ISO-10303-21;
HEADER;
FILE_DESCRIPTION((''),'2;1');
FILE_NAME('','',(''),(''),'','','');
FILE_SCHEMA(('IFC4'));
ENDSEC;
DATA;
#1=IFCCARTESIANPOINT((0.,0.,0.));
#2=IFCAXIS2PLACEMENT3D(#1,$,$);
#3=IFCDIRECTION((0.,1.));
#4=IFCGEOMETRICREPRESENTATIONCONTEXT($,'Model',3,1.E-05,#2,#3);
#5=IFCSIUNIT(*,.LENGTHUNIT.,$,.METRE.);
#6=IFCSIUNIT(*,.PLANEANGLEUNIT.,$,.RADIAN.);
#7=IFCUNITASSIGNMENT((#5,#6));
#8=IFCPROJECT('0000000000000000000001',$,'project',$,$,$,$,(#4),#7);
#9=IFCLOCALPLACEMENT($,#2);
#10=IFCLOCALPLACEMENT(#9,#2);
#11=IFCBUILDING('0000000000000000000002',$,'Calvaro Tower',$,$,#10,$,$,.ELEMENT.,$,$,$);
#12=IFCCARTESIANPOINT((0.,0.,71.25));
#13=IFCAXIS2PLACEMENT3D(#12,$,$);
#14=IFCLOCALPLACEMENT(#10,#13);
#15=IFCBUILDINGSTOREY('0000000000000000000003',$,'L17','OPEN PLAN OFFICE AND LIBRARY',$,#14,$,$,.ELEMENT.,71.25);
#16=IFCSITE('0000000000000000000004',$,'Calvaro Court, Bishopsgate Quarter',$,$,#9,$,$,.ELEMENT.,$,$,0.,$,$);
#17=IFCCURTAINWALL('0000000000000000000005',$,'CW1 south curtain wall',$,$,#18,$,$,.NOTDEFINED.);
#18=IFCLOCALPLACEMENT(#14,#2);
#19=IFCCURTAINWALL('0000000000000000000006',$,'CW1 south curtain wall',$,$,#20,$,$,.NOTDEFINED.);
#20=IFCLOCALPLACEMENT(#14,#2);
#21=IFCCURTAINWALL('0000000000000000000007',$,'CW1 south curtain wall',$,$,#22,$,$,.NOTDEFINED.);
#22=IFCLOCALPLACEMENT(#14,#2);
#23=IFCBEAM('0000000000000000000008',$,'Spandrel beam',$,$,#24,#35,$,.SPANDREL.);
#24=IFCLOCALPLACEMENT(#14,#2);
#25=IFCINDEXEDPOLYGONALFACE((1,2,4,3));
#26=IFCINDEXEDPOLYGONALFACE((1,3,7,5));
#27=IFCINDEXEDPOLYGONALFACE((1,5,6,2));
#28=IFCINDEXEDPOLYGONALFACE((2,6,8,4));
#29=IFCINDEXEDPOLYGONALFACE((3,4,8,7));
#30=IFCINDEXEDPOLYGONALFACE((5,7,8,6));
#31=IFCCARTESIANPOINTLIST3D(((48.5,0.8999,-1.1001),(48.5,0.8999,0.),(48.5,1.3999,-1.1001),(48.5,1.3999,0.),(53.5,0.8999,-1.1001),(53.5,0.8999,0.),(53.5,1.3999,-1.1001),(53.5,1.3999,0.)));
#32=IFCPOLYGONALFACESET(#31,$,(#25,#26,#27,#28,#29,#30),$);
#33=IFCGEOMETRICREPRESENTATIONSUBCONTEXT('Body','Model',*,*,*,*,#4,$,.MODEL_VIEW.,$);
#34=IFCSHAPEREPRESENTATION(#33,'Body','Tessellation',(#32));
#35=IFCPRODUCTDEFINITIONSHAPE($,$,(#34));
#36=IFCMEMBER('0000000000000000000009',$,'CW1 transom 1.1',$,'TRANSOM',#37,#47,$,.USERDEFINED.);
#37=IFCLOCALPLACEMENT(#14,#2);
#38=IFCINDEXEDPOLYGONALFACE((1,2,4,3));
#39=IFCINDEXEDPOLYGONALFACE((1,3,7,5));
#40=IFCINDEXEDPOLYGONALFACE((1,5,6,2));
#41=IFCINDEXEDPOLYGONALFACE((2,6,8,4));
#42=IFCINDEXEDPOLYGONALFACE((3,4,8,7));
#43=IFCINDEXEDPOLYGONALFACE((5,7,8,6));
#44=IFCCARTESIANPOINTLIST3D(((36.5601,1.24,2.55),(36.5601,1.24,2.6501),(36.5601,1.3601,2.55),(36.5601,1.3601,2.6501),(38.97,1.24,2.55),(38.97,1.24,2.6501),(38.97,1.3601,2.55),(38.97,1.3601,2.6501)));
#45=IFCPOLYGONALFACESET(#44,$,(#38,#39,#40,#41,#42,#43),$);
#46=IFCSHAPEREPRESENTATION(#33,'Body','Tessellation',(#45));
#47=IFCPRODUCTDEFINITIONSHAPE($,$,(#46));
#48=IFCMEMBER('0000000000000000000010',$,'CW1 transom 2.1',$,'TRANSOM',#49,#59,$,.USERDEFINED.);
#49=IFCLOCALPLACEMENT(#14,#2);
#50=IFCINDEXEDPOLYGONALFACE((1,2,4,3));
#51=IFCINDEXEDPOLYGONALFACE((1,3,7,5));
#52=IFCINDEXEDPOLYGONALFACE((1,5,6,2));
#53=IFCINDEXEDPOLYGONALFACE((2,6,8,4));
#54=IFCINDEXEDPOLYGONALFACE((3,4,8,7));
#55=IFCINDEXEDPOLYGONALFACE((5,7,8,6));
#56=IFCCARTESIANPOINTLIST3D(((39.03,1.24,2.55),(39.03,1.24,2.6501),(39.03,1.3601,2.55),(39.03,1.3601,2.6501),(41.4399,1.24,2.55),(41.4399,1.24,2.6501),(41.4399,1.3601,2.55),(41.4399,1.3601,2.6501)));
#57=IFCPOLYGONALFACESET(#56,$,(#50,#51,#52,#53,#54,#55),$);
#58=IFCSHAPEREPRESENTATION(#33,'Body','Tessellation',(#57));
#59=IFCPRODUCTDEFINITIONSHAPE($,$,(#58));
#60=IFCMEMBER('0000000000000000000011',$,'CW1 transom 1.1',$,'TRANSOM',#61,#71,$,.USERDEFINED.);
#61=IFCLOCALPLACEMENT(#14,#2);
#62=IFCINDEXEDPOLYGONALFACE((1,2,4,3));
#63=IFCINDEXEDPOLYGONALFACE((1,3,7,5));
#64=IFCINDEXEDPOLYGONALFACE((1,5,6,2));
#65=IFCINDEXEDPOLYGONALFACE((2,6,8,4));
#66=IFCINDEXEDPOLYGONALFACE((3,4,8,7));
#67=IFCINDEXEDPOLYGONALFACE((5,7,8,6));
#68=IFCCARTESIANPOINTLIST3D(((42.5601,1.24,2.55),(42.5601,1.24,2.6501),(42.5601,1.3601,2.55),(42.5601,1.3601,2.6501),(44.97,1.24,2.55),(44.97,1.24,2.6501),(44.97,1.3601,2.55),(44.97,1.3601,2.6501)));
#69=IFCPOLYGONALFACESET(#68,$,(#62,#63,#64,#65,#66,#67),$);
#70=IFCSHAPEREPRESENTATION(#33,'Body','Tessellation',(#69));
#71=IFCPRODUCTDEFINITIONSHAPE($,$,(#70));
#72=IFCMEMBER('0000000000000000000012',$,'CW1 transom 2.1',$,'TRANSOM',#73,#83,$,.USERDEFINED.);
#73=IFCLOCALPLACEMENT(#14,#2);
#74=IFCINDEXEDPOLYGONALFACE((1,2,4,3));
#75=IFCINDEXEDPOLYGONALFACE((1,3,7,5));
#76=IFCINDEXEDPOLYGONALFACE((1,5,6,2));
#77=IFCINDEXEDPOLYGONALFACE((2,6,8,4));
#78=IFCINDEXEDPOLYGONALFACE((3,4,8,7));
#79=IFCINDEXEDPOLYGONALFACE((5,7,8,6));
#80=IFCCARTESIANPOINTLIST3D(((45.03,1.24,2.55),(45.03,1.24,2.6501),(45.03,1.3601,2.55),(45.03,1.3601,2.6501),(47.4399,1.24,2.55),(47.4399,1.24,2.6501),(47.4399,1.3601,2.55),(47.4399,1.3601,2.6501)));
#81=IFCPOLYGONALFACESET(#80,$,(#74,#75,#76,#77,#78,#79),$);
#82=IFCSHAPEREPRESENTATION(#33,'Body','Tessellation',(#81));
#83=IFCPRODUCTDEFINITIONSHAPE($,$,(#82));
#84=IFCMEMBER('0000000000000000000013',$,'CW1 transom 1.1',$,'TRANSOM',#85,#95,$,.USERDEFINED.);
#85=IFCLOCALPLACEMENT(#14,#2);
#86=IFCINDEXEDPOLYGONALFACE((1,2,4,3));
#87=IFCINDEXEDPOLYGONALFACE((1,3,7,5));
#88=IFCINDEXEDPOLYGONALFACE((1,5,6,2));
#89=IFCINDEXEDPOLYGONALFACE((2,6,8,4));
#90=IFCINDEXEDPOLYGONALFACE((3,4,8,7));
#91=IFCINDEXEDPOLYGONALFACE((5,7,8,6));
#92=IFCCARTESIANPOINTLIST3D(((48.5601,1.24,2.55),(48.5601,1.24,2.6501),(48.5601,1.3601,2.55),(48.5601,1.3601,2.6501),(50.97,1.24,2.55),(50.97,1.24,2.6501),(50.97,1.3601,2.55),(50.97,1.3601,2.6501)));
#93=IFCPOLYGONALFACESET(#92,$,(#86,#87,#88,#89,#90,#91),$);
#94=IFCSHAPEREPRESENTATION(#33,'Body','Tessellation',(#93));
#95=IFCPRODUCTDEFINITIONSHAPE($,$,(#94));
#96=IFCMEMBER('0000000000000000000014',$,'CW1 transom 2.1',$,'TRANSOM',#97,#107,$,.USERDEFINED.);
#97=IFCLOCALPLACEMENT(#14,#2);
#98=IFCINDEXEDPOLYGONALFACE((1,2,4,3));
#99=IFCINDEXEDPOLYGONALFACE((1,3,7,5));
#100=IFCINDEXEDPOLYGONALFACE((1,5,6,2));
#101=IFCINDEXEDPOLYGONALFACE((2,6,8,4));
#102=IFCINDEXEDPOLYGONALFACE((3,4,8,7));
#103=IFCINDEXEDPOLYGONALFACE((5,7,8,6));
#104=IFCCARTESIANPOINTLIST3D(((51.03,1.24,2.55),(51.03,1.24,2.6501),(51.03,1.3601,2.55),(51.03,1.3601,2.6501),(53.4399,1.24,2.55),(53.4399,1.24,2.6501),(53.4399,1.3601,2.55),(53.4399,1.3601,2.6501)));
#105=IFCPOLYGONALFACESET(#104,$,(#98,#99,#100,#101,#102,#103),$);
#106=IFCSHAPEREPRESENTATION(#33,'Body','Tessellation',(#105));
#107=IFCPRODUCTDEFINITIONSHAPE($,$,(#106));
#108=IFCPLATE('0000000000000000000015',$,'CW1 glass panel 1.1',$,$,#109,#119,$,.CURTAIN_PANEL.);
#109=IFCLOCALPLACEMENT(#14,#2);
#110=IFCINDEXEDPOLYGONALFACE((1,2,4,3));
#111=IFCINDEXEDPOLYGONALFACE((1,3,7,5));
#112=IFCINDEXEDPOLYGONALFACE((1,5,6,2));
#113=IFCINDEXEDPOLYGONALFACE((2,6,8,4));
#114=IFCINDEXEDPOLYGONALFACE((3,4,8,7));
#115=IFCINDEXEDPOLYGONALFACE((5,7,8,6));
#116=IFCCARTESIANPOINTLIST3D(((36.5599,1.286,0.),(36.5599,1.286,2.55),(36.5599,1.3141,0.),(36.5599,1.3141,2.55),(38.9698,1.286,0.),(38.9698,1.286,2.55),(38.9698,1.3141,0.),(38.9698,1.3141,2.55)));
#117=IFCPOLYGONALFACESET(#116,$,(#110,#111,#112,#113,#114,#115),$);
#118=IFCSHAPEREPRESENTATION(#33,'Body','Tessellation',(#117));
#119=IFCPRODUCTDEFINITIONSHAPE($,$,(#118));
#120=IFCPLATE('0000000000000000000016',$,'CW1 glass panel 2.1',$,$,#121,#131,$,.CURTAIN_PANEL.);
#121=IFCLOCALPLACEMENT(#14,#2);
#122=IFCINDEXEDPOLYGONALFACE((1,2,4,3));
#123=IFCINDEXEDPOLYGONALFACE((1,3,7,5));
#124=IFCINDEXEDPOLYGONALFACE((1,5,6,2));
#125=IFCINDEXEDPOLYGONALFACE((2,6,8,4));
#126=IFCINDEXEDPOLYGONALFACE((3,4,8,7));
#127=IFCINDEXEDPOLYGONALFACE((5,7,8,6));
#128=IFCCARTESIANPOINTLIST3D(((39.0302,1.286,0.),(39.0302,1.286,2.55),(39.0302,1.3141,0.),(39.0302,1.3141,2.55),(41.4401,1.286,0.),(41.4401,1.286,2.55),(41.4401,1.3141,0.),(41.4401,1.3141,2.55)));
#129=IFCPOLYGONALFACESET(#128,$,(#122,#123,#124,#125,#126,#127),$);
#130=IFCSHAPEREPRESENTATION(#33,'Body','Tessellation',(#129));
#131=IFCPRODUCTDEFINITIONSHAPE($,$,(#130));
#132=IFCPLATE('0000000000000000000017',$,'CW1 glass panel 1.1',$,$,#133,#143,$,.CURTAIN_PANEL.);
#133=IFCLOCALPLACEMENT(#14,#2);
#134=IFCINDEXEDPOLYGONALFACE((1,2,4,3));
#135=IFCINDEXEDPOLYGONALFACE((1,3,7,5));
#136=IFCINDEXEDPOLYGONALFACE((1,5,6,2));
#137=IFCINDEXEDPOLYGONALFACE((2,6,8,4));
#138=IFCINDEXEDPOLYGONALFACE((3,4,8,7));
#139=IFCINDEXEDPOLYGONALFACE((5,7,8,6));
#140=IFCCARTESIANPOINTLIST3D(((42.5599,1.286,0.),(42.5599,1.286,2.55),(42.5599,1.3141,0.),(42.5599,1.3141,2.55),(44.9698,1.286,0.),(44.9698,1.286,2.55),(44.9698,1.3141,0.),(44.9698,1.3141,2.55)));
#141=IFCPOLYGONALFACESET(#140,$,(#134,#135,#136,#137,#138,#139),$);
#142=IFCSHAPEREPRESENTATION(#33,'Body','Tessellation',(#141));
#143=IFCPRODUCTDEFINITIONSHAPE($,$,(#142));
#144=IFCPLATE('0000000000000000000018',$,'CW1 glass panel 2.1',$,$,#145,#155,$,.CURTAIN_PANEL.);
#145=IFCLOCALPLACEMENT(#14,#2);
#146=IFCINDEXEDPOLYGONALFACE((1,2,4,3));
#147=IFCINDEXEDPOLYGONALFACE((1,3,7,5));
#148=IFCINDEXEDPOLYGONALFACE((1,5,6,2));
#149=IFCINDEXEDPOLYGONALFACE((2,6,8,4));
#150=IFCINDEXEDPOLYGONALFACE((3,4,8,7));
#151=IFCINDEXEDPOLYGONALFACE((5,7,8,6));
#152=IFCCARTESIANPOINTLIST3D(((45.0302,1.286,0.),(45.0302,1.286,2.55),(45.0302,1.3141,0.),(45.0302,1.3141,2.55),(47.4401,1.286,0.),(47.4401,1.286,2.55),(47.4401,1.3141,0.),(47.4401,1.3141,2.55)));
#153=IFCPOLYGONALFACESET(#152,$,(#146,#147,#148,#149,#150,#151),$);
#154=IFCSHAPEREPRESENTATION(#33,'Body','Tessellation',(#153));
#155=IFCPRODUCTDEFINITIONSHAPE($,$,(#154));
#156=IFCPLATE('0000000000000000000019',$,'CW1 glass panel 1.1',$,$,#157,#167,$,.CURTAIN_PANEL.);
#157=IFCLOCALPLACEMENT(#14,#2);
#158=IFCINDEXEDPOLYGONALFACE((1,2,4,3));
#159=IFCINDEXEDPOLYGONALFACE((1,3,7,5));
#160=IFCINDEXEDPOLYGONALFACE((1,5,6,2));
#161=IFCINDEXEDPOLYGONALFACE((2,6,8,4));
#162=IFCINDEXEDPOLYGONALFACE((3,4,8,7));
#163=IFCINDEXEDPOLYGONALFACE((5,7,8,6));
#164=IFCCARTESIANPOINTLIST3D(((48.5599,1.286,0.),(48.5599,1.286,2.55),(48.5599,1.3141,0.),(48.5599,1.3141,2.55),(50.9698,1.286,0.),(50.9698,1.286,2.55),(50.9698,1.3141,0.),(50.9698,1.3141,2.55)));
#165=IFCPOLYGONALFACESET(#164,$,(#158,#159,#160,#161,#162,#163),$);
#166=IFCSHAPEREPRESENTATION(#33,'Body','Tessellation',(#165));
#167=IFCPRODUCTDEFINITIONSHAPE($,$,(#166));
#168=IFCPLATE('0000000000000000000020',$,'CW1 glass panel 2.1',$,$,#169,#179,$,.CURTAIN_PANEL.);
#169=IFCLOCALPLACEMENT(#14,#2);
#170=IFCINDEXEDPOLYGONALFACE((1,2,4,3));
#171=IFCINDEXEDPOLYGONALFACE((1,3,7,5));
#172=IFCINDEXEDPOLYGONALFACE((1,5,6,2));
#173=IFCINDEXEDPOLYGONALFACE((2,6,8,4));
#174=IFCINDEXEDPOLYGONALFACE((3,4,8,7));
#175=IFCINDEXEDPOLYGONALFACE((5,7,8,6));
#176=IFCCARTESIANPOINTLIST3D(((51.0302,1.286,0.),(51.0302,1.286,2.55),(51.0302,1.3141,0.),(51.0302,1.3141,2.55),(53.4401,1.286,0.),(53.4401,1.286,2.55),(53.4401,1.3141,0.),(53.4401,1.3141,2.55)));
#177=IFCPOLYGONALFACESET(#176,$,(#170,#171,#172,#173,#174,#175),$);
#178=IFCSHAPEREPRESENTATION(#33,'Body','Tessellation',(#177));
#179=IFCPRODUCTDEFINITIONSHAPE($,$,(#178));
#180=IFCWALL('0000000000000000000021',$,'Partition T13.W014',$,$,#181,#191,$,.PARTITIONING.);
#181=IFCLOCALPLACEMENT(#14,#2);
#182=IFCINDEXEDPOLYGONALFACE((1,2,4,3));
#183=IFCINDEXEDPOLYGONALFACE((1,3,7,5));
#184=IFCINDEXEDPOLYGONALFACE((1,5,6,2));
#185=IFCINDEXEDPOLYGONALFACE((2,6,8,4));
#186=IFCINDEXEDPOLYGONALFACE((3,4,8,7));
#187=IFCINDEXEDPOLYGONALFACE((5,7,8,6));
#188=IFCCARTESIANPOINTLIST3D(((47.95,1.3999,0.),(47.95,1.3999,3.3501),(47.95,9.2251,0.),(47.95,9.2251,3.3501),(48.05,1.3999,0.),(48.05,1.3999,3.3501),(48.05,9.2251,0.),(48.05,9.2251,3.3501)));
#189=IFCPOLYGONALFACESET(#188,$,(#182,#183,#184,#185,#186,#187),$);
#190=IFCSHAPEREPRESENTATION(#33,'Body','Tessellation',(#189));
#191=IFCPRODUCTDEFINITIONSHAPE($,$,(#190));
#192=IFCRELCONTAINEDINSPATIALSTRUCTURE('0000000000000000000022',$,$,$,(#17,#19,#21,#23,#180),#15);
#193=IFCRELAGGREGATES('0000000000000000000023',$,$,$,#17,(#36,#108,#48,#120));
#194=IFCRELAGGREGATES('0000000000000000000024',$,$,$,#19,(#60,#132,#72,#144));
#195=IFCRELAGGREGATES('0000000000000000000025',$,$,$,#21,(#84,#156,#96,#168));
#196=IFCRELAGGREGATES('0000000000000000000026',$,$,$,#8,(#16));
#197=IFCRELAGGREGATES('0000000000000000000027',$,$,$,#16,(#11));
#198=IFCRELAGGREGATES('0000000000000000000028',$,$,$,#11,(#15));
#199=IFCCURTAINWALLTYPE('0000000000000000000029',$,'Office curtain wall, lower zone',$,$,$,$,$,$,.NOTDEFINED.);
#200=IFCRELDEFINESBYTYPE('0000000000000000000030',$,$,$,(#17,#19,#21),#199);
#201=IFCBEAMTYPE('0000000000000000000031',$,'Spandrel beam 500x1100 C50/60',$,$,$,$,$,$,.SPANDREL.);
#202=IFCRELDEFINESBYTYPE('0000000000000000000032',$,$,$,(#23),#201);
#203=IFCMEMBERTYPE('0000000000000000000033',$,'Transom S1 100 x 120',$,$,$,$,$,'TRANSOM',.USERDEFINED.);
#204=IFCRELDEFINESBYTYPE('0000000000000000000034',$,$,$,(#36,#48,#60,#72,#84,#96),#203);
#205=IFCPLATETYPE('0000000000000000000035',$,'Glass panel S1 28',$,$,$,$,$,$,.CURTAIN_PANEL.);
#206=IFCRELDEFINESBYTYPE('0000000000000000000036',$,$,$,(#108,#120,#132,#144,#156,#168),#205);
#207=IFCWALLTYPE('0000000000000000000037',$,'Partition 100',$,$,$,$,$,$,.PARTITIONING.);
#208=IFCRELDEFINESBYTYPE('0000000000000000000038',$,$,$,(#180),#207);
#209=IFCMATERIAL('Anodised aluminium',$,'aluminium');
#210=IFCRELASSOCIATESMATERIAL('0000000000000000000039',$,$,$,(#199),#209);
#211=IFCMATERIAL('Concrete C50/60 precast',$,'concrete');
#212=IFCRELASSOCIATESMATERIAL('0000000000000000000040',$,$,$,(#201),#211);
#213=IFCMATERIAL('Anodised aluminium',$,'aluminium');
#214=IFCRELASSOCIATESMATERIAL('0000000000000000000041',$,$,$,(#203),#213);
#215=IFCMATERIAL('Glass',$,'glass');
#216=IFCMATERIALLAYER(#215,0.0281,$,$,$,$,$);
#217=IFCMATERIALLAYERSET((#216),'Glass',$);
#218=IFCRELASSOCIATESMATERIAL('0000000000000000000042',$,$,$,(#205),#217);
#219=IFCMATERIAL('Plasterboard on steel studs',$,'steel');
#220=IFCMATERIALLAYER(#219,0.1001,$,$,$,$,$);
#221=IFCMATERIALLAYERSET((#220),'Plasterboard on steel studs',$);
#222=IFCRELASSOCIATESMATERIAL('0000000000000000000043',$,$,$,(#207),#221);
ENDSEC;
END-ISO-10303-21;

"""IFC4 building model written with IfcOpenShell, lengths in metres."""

from ifc_helpers import new_model, si_unit, direction, frame, frame_2d, origin, origin_2d, place, context, subcontext, project, spatial, rectangle, extrude, material, layer, layer_set, material_profile, profile_set, type_object, element, aggregate, save


model = new_model("IFC4")

# Units and contexts
model_context = context("Model", 3, precision=1e-05, world=origin(), true_north=direction((0.0, 1.0)))
body_context = subcontext(model_context, "Body", "Model", "MODEL_VIEW")
ifc_project = project(units=[si_unit("LENGTHUNIT", "METRE"), si_unit("PLANEANGLEUNIT", "RADIAN")], contexts=[model_context])

# Site, building, storey
site_placement = place(None, origin())
site = spatial("IfcSite", under=ifc_project, at=site_placement, Name="Calvaro Court, Bishopsgate Quarter", CompositionType="ELEMENT", RefElevation=0.0)
building_placement = place(site_placement, origin())
building = spatial("IfcBuilding", under=site, at=building_placement, Name="Calvaro Tower", CompositionType="ELEMENT")
storey_placement = place(building_placement, frame((0.0, 0.0, 71.25)))
storey = spatial("IfcBuildingStorey", under=building, at=storey_placement, Name="L17", Description="OPEN PLAN OFFICE AND LIBRARY", CompositionType="ELEMENT", Elevation=71.25)

# Shared definitions
ifc_material_1 = material(Name="Anodised aluminium", Category="aluminium")
curtain_wall_type = type_object("IfcCurtainWallType", Name="Office curtain wall, lower zone", PredefinedType="NOTDEFINED", material=ifc_material_1)

# Curtain walls
curtain_wall_1_placement = place(storey_placement, origin())
curtain_wall_1 = element("IfcCurtainWall", 1, at=curtain_wall_1_placement, inside=storey, type_object=curtain_wall_type, Name="CW1 south curtain wall", PredefinedType="NOTDEFINED")
curtain_wall_2_placement = place(storey_placement, origin())
curtain_wall_2 = element("IfcCurtainWall", 2, at=curtain_wall_2_placement, inside=storey, type_object=curtain_wall_type, Name="CW1 south curtain wall", PredefinedType="NOTDEFINED")
curtain_wall_3_placement = place(storey_placement, origin())
curtain_wall_3 = element("IfcCurtainWall", 3, at=curtain_wall_3_placement, inside=storey, type_object=curtain_wall_type, Name="CW1 south curtain wall", PredefinedType="NOTDEFINED")

# Beam
ifc_material_2 = material(Name="Concrete C50/60 precast", Category="concrete")
ifc_material_profile_1 = material_profile(ifc_material_2, rectangle(XDim=0.5, YDim=1.1001, at=origin_2d()), Name="RC 500x1100")
ifc_profile_set_1 = profile_set([ifc_material_profile_1], Name="Concrete C50/60 precast")
beam_type = type_object("IfcBeamType", Name="Spandrel beam 500x1100 C50/60", PredefinedType="SPANDREL", material=ifc_profile_set_1)
for number, where, z_axis, x_axis, name in (
    (4, (48.5, 1.1499, -0.55), (1.0, 0.0, 0.0), (0.0, 1.0, 0.0), "Spandrel beam"),
):
    element("IfcBeam", number, at=place(storey_placement, frame(where, z_axis=z_axis, x_axis=x_axis)), inside=storey, type_object=beam_type, Name=name, PredefinedType="SPANDREL", context=body_context, shape_type="SweptSolid", body=[
        extrude(rectangle(XDim=0.5, YDim=1.1001, at=origin_2d()), origin(), (0.0, 0.0, 1.0), 5.0),
    ])

# Members
ifc_material_3 = material(Name="Anodised aluminium", Category="aluminium")
ifc_material_profile_2 = material_profile(ifc_material_3, rectangle(XDim=0.1201, YDim=0.1001, at=origin_2d()), Name="Transom S1 100 x 120")
ifc_profile_set_2 = profile_set([ifc_material_profile_2], Name="Anodised aluminium")
member_type_1 = type_object("IfcMemberType", Name="Transom S1 100 x 120", ElementType="TRANSOM", PredefinedType="USERDEFINED", material=ifc_profile_set_2)
member_1_placement = place(storey_placement, frame((36.5601, 1.3, 2.6001), z_axis=(1.0, 0.0, 0.0), x_axis=(0.0, 1.0, 0.0)))
member_1 = element("IfcMember", 5, at=member_1_placement, type_object=member_type_1, Name="CW1 transom 1.1", ObjectType="TRANSOM", PredefinedType="USERDEFINED", context=body_context, shape_type="SweptSolid", body=[
    extrude(rectangle(XDim=0.1201, YDim=0.1001, at=origin_2d()), origin(), (0.0, 0.0, 1.0), 2.4099),
])
member_2_placement = place(storey_placement, frame((39.03, 1.3, 2.6001), z_axis=(1.0, 0.0, 0.0), x_axis=(0.0, 1.0, 0.0)))
member_2 = element("IfcMember", 6, at=member_2_placement, type_object=member_type_1, Name="CW1 transom 2.1", ObjectType="TRANSOM", PredefinedType="USERDEFINED", context=body_context, shape_type="SweptSolid", body=[
    extrude(rectangle(XDim=0.1201, YDim=0.1001, at=origin_2d()), origin(), (0.0, 0.0, 1.0), 2.4099),
])
member_3_placement = place(storey_placement, frame((42.5601, 1.3, 2.6001), z_axis=(1.0, 0.0, 0.0), x_axis=(0.0, 1.0, 0.0)))
member_3 = element("IfcMember", 7, at=member_3_placement, type_object=member_type_1, Name="CW1 transom 1.1", ObjectType="TRANSOM", PredefinedType="USERDEFINED", context=body_context, shape_type="SweptSolid", body=[
    extrude(rectangle(XDim=0.1201, YDim=0.1001, at=origin_2d()), origin(), (0.0, 0.0, 1.0), 2.4099),
])
member_4_placement = place(storey_placement, frame((45.03, 1.3, 2.6001), z_axis=(1.0, 0.0, 0.0), x_axis=(0.0, 1.0, 0.0)))
member_4 = element("IfcMember", 8, at=member_4_placement, type_object=member_type_1, Name="CW1 transom 2.1", ObjectType="TRANSOM", PredefinedType="USERDEFINED", context=body_context, shape_type="SweptSolid", body=[
    extrude(rectangle(XDim=0.1201, YDim=0.1001, at=origin_2d()), origin(), (0.0, 0.0, 1.0), 2.4099),
])
member_5_placement = place(storey_placement, frame((48.5601, 1.3, 2.6001), z_axis=(1.0, 0.0, 0.0), x_axis=(0.0, 1.0, 0.0)))
member_5 = element("IfcMember", 9, at=member_5_placement, type_object=member_type_1, Name="CW1 transom 1.1", ObjectType="TRANSOM", PredefinedType="USERDEFINED", context=body_context, shape_type="SweptSolid", body=[
    extrude(rectangle(XDim=0.1201, YDim=0.1001, at=origin_2d()), origin(), (0.0, 0.0, 1.0), 2.4099),
])
member_6_placement = place(storey_placement, frame((51.03, 1.3, 2.6001), z_axis=(1.0, 0.0, 0.0), x_axis=(0.0, 1.0, 0.0)))
member_6 = element("IfcMember", 10, at=member_6_placement, type_object=member_type_1, Name="CW1 transom 2.1", ObjectType="TRANSOM", PredefinedType="USERDEFINED", context=body_context, shape_type="SweptSolid", body=[
    extrude(rectangle(XDim=0.1201, YDim=0.1001, at=origin_2d()), origin(), (0.0, 0.0, 1.0), 2.4099),
])

# Plates
ifc_material_4 = material(Name="Glass", Category="glass")
ifc_layer_1 = layer(ifc_material_4, 0.0281)
ifc_layer_set_1 = layer_set([ifc_layer_1], Name="Glass")
plate_type = type_object("IfcPlateType", Name="Glass panel S1 28", PredefinedType="CURTAIN_PANEL", material=ifc_layer_set_1)
plate_1_placement = place(storey_placement, frame((37.7649, 1.3, 0.0), z_axis=(0.0, 0.0, 1.0), x_axis=(1.0, 0.0, 0.0)))
plate_1 = element("IfcPlate", 11, at=plate_1_placement, type_object=plate_type, Name="CW1 glass panel 1.1", PredefinedType="CURTAIN_PANEL", context=body_context, shape_type="SweptSolid", body=[
    extrude(rectangle(XDim=2.4099, YDim=0.0281, at=origin_2d()), origin(), (0.0, 0.0, 1.0), 2.55),
])
plate_2_placement = place(storey_placement, frame((40.2351, 1.3, 0.0), z_axis=(0.0, 0.0, 1.0), x_axis=(1.0, 0.0, 0.0)))
plate_2 = element("IfcPlate", 12, at=plate_2_placement, type_object=plate_type, Name="CW1 glass panel 2.1", PredefinedType="CURTAIN_PANEL", context=body_context, shape_type="SweptSolid", body=[
    extrude(rectangle(XDim=2.4099, YDim=0.0281, at=origin_2d()), origin(), (0.0, 0.0, 1.0), 2.55),
])
aggregate(curtain_wall_1, [member_1, plate_1, member_2, plate_2])
plate_3_placement = place(storey_placement, frame((43.7649, 1.3, 0.0), z_axis=(0.0, 0.0, 1.0), x_axis=(1.0, 0.0, 0.0)))
plate_3 = element("IfcPlate", 13, at=plate_3_placement, type_object=plate_type, Name="CW1 glass panel 1.1", PredefinedType="CURTAIN_PANEL", context=body_context, shape_type="SweptSolid", body=[
    extrude(rectangle(XDim=2.4099, YDim=0.0281, at=origin_2d()), origin(), (0.0, 0.0, 1.0), 2.55),
])
plate_4_placement = place(storey_placement, frame((46.2351, 1.3, 0.0), z_axis=(0.0, 0.0, 1.0), x_axis=(1.0, 0.0, 0.0)))
plate_4 = element("IfcPlate", 14, at=plate_4_placement, type_object=plate_type, Name="CW1 glass panel 2.1", PredefinedType="CURTAIN_PANEL", context=body_context, shape_type="SweptSolid", body=[
    extrude(rectangle(XDim=2.4099, YDim=0.0281, at=origin_2d()), origin(), (0.0, 0.0, 1.0), 2.55),
])
aggregate(curtain_wall_2, [member_3, plate_3, member_4, plate_4])
plate_5_placement = place(storey_placement, frame((49.7649, 1.3, 0.0), z_axis=(0.0, 0.0, 1.0), x_axis=(1.0, 0.0, 0.0)))
plate_5 = element("IfcPlate", 15, at=plate_5_placement, type_object=plate_type, Name="CW1 glass panel 1.1", PredefinedType="CURTAIN_PANEL", context=body_context, shape_type="SweptSolid", body=[
    extrude(rectangle(XDim=2.4099, YDim=0.0281, at=origin_2d()), origin(), (0.0, 0.0, 1.0), 2.55),
])
plate_6_placement = place(storey_placement, frame((52.2351, 1.3, 0.0), z_axis=(0.0, 0.0, 1.0), x_axis=(1.0, 0.0, 0.0)))
plate_6 = element("IfcPlate", 16, at=plate_6_placement, type_object=plate_type, Name="CW1 glass panel 2.1", PredefinedType="CURTAIN_PANEL", context=body_context, shape_type="SweptSolid", body=[
    extrude(rectangle(XDim=2.4099, YDim=0.0281, at=origin_2d()), origin(), (0.0, 0.0, 1.0), 2.55),
])
aggregate(curtain_wall_3, [member_5, plate_5, member_6, plate_6])

# Wall
ifc_material_5 = material(Name="Plasterboard on steel studs", Category="steel")
ifc_layer_2 = layer(ifc_material_5, 0.1001)
ifc_layer_set_2 = layer_set([ifc_layer_2], Name="Plasterboard on steel studs")
wall_type = type_object("IfcWallType", Name="Partition 100", PredefinedType="PARTITIONING", material=ifc_layer_set_2)
wall_placement = place(storey_placement, frame((48.0, 1.3999, 0.0), z_axis=(0.0, 0.0, 1.0), x_axis=(0.0, 1.0, 0.0)))
element("IfcWall", 17, at=wall_placement, inside=storey, type_object=wall_type, Name="Partition T13.W014", PredefinedType="PARTITIONING", context=body_context, shape_type="SweptSolid", body=[
    extrude(rectangle(XDim=7.8252, YDim=0.1001, at=frame_2d((3.9126, 0.0))), origin(), (0.0, 0.0, 1.0), 3.3501),
])

save(model, "model.ifc")
